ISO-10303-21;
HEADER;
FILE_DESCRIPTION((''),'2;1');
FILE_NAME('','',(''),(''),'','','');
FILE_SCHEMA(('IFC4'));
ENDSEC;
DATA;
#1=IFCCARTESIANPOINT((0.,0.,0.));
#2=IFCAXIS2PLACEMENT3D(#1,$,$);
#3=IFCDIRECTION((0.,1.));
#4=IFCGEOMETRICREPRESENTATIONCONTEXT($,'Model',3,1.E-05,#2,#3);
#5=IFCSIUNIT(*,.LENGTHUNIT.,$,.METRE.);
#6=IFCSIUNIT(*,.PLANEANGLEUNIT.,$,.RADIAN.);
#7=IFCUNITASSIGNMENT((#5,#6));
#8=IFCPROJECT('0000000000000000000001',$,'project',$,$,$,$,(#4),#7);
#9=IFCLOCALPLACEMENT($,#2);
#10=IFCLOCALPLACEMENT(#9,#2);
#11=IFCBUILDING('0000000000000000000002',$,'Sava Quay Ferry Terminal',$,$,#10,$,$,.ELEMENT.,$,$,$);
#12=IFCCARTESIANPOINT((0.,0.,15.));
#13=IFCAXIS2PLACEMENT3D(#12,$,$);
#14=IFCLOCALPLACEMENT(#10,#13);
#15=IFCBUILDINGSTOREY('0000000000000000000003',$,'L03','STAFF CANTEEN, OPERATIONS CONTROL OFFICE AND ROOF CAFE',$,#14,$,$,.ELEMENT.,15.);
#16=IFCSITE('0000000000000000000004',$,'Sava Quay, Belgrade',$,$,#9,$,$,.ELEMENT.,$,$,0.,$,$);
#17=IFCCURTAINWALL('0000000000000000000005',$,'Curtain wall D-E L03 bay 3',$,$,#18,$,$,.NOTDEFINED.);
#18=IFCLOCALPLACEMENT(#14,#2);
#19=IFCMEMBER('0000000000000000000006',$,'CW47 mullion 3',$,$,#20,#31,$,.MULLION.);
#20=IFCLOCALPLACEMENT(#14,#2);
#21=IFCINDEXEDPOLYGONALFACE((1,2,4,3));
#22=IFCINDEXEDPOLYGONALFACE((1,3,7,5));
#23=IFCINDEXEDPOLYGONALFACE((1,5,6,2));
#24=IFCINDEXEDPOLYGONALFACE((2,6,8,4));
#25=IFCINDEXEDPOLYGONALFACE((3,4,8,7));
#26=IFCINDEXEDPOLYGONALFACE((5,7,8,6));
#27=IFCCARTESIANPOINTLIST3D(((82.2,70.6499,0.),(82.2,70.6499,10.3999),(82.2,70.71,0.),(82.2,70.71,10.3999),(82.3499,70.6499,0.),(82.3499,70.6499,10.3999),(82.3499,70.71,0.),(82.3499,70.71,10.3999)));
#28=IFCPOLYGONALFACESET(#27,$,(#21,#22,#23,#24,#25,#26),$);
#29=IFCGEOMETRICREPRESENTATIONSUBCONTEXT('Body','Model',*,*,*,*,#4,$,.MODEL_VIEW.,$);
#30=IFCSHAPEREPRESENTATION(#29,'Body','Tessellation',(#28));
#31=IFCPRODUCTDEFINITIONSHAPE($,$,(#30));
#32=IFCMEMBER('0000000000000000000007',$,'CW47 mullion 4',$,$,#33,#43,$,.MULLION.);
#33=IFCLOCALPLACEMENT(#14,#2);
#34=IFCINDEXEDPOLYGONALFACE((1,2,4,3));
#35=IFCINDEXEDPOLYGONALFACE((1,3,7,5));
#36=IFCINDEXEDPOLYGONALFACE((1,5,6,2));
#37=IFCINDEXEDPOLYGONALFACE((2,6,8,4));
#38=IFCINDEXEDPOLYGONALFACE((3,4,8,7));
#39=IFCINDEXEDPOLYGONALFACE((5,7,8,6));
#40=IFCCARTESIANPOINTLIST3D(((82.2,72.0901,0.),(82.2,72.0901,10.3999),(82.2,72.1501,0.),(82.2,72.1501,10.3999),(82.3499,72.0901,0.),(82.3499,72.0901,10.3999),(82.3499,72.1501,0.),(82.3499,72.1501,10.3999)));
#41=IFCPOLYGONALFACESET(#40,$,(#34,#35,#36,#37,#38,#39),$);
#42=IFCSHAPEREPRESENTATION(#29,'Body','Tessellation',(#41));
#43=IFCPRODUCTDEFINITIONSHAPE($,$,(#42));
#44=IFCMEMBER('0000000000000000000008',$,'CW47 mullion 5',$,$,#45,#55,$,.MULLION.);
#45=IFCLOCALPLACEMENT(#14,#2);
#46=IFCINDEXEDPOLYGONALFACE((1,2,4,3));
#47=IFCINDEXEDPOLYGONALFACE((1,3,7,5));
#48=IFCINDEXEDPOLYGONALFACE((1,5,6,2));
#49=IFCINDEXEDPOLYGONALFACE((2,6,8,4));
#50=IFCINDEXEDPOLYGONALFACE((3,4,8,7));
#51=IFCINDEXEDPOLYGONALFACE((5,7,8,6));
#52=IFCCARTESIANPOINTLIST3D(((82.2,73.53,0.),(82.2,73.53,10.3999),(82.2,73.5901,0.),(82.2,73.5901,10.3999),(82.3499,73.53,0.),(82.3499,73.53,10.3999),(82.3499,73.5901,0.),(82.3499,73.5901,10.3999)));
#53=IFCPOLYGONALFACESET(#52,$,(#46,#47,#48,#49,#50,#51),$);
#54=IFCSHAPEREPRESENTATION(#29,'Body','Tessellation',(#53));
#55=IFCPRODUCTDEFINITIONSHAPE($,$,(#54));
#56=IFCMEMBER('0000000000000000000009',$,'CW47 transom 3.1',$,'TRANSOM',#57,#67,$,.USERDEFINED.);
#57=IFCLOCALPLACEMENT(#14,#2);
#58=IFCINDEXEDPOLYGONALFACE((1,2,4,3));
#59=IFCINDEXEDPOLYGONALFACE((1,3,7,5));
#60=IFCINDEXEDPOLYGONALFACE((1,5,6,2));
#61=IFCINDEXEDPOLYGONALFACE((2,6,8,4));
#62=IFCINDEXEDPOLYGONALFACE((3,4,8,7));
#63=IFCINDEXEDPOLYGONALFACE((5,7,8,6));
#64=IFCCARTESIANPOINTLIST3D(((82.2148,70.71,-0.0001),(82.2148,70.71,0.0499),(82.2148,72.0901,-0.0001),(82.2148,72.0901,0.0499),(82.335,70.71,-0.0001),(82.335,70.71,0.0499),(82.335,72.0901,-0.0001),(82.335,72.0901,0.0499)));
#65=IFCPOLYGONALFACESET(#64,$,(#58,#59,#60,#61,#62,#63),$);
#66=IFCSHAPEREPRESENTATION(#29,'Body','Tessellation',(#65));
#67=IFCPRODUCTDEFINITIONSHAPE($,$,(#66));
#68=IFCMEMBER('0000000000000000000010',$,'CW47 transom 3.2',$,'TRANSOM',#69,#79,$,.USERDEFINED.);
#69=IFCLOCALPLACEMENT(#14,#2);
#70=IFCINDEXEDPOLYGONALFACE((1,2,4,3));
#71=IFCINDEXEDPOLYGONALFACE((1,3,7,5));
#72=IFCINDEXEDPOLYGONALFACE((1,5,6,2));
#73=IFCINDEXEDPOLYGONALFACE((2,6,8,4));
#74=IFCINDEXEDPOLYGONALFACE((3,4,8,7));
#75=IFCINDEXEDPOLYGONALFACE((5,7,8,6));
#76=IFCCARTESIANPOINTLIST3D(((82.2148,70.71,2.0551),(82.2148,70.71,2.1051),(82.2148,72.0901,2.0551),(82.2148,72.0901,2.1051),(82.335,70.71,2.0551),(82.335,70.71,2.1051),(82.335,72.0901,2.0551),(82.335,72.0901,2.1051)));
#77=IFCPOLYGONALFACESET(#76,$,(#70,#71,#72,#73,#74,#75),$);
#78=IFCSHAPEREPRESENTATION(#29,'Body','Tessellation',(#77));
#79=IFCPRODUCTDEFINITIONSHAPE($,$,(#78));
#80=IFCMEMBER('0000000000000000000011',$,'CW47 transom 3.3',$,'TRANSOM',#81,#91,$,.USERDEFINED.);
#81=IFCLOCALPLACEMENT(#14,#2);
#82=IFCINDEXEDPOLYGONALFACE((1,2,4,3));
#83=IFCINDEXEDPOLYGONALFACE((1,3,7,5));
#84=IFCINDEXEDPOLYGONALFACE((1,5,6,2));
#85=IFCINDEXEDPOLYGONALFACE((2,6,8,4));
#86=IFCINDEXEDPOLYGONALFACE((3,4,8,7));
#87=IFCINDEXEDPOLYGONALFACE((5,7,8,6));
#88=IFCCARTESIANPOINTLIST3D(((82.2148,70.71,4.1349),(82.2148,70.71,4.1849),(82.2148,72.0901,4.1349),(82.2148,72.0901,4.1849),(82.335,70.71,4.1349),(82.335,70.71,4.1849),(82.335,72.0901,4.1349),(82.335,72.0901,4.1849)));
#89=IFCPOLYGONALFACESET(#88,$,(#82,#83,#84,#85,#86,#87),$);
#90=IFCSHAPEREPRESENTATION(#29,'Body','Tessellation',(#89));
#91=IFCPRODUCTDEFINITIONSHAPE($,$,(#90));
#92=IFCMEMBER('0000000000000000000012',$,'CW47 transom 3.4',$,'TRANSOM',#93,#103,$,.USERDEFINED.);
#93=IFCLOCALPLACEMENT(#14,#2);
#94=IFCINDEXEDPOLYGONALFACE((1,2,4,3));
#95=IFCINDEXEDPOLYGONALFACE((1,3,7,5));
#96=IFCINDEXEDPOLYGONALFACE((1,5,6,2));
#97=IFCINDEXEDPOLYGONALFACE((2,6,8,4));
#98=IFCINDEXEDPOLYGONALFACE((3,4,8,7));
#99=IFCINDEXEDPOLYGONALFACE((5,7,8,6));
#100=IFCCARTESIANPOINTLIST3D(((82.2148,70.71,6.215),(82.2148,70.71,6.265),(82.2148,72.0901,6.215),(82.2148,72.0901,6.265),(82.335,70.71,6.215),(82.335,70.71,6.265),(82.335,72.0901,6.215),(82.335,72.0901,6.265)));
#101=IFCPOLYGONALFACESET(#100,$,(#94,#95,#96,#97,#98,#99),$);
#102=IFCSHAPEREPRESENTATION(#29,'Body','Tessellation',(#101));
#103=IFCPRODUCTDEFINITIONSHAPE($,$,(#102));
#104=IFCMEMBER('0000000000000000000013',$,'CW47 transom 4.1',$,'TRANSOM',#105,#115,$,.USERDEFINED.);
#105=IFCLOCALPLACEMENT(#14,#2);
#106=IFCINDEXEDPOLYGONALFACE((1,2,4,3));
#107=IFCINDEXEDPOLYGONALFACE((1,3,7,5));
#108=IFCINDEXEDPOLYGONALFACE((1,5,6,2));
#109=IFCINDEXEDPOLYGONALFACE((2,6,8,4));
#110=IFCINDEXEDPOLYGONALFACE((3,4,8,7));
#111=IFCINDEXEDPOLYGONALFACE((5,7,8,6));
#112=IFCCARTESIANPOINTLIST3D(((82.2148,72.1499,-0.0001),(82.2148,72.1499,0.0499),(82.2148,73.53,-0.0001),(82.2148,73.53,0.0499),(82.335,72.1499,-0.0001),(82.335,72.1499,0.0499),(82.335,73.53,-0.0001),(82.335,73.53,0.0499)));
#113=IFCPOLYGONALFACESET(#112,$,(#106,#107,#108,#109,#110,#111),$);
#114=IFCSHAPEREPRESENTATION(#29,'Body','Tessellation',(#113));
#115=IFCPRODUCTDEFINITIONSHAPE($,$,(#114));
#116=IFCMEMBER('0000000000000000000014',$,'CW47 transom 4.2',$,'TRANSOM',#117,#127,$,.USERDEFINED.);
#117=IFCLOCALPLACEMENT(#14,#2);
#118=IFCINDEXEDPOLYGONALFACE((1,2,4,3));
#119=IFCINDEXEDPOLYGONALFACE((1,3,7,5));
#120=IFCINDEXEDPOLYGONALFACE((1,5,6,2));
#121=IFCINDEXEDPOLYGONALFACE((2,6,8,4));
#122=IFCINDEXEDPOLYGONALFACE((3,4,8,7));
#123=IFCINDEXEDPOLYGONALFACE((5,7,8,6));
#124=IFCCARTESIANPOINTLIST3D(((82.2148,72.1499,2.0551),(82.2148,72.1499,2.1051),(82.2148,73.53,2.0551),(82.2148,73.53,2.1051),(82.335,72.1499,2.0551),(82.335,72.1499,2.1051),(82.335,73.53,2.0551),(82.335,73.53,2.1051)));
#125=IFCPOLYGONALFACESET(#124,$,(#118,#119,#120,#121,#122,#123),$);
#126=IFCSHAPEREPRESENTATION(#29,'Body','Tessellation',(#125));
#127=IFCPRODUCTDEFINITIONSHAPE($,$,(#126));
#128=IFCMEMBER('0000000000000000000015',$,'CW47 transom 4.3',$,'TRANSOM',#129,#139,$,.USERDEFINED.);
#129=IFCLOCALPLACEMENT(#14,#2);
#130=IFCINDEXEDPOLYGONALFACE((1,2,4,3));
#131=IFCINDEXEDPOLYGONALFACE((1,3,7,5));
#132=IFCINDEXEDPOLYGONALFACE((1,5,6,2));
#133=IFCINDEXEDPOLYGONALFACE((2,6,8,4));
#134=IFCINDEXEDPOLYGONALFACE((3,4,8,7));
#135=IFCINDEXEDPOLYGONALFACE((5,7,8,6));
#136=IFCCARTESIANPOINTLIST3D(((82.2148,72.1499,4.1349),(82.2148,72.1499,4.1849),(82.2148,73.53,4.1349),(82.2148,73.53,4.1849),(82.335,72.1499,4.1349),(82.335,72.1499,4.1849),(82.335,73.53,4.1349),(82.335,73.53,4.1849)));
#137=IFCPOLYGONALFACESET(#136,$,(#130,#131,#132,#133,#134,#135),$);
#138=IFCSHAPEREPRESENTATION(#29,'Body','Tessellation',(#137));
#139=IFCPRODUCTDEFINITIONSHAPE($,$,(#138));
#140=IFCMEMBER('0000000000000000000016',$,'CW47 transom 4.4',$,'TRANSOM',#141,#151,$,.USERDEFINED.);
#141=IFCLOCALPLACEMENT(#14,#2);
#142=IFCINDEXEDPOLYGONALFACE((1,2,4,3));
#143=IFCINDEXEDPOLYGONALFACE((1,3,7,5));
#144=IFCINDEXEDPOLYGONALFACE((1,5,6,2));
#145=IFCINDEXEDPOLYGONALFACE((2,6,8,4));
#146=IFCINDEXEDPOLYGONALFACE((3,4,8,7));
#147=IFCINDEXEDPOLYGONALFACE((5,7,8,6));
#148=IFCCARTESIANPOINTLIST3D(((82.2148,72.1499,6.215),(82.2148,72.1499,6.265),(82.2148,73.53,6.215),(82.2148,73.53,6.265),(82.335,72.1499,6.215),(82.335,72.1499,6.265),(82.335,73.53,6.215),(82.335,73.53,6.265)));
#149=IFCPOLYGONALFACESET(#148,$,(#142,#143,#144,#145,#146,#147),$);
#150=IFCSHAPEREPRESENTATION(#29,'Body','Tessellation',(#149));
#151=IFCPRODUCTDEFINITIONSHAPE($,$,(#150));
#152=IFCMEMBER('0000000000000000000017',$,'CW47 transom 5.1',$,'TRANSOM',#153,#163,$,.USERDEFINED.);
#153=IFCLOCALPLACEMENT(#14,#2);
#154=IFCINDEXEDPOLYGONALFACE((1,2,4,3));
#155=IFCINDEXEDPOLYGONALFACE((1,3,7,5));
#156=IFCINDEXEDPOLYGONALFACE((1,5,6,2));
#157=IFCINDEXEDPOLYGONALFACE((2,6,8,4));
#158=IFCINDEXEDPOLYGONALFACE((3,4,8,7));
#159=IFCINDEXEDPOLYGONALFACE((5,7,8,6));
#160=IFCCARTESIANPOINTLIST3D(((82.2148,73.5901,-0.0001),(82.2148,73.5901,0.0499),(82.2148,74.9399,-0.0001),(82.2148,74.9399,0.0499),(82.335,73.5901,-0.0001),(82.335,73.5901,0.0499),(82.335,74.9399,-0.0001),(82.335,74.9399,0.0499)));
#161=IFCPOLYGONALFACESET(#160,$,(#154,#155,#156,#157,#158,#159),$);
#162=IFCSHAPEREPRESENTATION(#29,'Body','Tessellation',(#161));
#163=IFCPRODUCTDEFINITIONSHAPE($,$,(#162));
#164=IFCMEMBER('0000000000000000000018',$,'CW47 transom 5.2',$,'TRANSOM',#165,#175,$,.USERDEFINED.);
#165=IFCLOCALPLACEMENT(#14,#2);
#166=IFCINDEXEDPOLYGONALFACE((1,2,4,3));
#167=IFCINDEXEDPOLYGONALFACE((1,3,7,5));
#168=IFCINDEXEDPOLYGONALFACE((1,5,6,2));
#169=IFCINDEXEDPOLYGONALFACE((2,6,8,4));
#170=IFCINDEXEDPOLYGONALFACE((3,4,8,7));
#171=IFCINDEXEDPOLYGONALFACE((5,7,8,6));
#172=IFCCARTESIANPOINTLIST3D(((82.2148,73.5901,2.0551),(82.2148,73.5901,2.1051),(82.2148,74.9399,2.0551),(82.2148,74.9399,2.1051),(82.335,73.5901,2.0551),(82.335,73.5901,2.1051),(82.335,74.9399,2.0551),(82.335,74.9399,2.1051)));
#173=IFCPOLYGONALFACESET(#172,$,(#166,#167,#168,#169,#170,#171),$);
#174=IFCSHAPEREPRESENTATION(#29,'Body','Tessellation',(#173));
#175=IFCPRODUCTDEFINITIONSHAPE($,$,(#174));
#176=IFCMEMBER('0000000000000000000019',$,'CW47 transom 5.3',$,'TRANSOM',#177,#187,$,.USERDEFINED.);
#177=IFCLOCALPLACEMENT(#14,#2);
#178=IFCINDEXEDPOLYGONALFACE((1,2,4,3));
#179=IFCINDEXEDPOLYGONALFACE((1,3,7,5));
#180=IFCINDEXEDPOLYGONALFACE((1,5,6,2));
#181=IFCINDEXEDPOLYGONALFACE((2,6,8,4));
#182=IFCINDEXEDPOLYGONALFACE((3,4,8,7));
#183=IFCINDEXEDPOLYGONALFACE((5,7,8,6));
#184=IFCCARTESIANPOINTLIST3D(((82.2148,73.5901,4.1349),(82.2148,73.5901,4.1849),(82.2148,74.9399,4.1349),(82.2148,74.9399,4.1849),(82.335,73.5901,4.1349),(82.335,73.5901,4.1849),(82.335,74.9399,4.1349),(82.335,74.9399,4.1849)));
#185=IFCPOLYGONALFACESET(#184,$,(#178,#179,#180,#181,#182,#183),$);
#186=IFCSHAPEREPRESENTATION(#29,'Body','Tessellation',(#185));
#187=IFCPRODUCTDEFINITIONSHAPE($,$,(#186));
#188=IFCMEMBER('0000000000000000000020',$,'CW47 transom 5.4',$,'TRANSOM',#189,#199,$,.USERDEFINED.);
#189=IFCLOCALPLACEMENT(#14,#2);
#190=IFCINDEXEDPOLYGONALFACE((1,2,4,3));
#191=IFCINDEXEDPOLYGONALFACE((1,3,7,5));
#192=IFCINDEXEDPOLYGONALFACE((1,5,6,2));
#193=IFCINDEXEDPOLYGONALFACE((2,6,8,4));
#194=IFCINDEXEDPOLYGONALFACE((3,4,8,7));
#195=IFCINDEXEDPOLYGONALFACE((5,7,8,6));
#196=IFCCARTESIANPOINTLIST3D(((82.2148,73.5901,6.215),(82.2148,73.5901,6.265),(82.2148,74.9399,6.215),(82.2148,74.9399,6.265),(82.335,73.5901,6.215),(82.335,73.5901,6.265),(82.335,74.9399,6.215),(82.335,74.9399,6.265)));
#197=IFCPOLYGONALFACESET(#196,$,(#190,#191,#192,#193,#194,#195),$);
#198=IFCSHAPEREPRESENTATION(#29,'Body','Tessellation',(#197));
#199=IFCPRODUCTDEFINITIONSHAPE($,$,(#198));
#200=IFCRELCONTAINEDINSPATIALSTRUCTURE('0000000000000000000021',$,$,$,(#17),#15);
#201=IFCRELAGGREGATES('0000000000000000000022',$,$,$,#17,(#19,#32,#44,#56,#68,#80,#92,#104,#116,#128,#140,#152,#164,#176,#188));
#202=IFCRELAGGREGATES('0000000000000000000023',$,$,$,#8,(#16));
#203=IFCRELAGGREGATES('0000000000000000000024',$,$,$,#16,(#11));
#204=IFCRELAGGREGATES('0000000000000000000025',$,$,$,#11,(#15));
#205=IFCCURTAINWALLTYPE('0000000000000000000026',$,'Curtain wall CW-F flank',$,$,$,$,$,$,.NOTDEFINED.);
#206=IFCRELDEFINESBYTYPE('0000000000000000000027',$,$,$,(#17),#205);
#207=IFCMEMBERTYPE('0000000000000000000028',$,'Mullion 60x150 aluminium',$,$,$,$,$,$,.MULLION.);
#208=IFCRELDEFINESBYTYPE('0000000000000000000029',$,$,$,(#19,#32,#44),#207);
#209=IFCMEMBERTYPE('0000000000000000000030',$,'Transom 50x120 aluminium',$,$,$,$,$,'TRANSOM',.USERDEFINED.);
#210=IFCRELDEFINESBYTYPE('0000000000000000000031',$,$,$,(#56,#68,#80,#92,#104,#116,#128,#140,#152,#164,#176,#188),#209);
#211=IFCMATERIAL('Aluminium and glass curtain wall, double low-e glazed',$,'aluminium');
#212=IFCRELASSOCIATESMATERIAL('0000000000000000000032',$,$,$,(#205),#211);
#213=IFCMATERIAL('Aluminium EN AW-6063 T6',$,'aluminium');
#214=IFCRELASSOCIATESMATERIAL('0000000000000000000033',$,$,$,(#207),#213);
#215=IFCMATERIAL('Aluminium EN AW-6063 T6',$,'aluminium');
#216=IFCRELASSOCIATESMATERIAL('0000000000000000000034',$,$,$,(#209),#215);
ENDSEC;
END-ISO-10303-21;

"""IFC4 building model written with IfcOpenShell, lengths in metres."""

from ifc_helpers import new_model, si_unit, direction, frame, origin, origin_2d, place, context, subcontext, project, spatial, rectangle, extrude, material, material_profile, profile_set, type_object, element, aggregate, save


model = new_model("IFC4")

# Units and contexts
model_context = context("Model", 3, precision=1e-05, world=origin(), true_north=direction((0.0, 1.0)))
body_context = subcontext(model_context, "Body", "Model", "MODEL_VIEW")
ifc_project = project(units=[si_unit("LENGTHUNIT", "METRE"), si_unit("PLANEANGLEUNIT", "RADIAN")], contexts=[model_context])

# Site, building, storey
site_placement = place(None, origin())
site = spatial("IfcSite", under=ifc_project, at=site_placement, Name="Sava Quay, Belgrade", CompositionType="ELEMENT", RefElevation=0.0)
building_placement = place(site_placement, origin())
building = spatial("IfcBuilding", under=site, at=building_placement, Name="Sava Quay Ferry Terminal", CompositionType="ELEMENT")
storey_placement = place(building_placement, frame((0.0, 0.0, 15.0)))
storey = spatial("IfcBuildingStorey", under=building, at=storey_placement, Name="L03", Description="STAFF CANTEEN, OPERATIONS CONTROL OFFICE AND ROOF CAFE", CompositionType="ELEMENT", Elevation=15.0)

# Curtain wall, members
ifc_material_1 = material(Name="Aluminium and glass curtain wall, double low-e glazed", Category="aluminium")
curtain_wall_type = type_object("IfcCurtainWallType", Name="Curtain wall CW-F flank", PredefinedType="NOTDEFINED", material=ifc_material_1)
curtain_wall_placement = place(storey_placement, origin())
curtain_wall = element("IfcCurtainWall", 1, at=curtain_wall_placement, inside=storey, type_object=curtain_wall_type, Name="Curtain wall D-E L03 bay 3", PredefinedType="NOTDEFINED")
ifc_material_2 = material(Name="Aluminium EN AW-6063 T6", Category="aluminium")
ifc_material_profile_1 = material_profile(ifc_material_2, rectangle(XDim=0.1499, YDim=0.0601, at=origin_2d()), Name="Mullion 60x150 aluminium")
ifc_profile_set_1 = profile_set([ifc_material_profile_1], Name="Aluminium EN AW-6063 T6")
member_type_1 = type_object("IfcMemberType", Name="Mullion 60x150 aluminium", PredefinedType="MULLION", material=ifc_profile_set_1)
member_1_placement = place(storey_placement, frame((82.2749, 70.6799, 0.0), z_axis=(0.0, 0.0, 1.0), x_axis=(-1.0, 0.0, 0.0)))
member_1 = element("IfcMember", 2, at=member_1_placement, type_object=member_type_1, Name="CW47 mullion 3", PredefinedType="MULLION", context=body_context, shape_type="SweptSolid", body=[
    extrude(rectangle(XDim=0.1499, YDim=0.0601, at=origin_2d()), origin(), (0.0, 0.0, 1.0), 10.3999),
])
member_2_placement = place(storey_placement, frame((82.2749, 72.1201, 0.0), z_axis=(0.0, 0.0, 1.0), x_axis=(-1.0, 0.0, 0.0)))
member_2 = element("IfcMember", 3, at=member_2_placement, type_object=member_type_1, Name="CW47 mullion 4", PredefinedType="MULLION", context=body_context, shape_type="SweptSolid", body=[
    extrude(rectangle(XDim=0.1499, YDim=0.0601, at=origin_2d()), origin(), (0.0, 0.0, 1.0), 10.3999),
])
member_3_placement = place(storey_placement, frame((82.2749, 73.5601, 0.0), z_axis=(0.0, 0.0, 1.0), x_axis=(-1.0, 0.0, 0.0)))
member_3 = element("IfcMember", 4, at=member_3_placement, type_object=member_type_1, Name="CW47 mullion 5", PredefinedType="MULLION", context=body_context, shape_type="SweptSolid", body=[
    extrude(rectangle(XDim=0.1499, YDim=0.0601, at=origin_2d()), origin(), (0.0, 0.0, 1.0), 10.3999),
])
ifc_material_3 = material(Name="Aluminium EN AW-6063 T6", Category="aluminium")
ifc_material_profile_2 = material_profile(ifc_material_3, rectangle(XDim=0.1201, YDim=0.05, at=origin_2d()), Name="Transom 50x120 aluminium")
ifc_profile_set_2 = profile_set([ifc_material_profile_2], Name="Aluminium EN AW-6063 T6")
member_type_2 = type_object("IfcMemberType", Name="Transom 50x120 aluminium", ElementType="TRANSOM", PredefinedType="USERDEFINED", material=ifc_profile_set_2)
member_4_placement = place(storey_placement, frame((82.2749, 70.71, 0.0249), z_axis=(0.0, 1.0, 0.0), x_axis=(-1.0, 0.0, 0.0)))
member_4 = element("IfcMember", 5, at=member_4_placement, type_object=member_type_2, Name="CW47 transom 3.1", ObjectType="TRANSOM", PredefinedType="USERDEFINED", context=body_context, shape_type="SweptSolid", body=[
    extrude(rectangle(XDim=0.1201, YDim=0.05, at=origin_2d()), origin(), (0.0, 0.0, 1.0), 1.3801),
])
member_5_placement = place(storey_placement, frame((82.2749, 70.71, 2.0801), z_axis=(0.0, 1.0, 0.0), x_axis=(-1.0, 0.0, 0.0)))
member_5 = element("IfcMember", 6, at=member_5_placement, type_object=member_type_2, Name="CW47 transom 3.2", ObjectType="TRANSOM", PredefinedType="USERDEFINED", context=body_context, shape_type="SweptSolid", body=[
    extrude(rectangle(XDim=0.1201, YDim=0.05, at=origin_2d()), origin(), (0.0, 0.0, 1.0), 1.3801),
])
member_6_placement = place(storey_placement, frame((82.2749, 70.71, 4.1599), z_axis=(0.0, 1.0, 0.0), x_axis=(-1.0, 0.0, 0.0)))
member_6 = element("IfcMember", 7, at=member_6_placement, type_object=member_type_2, Name="CW47 transom 3.3", ObjectType="TRANSOM", PredefinedType="USERDEFINED", context=body_context, shape_type="SweptSolid", body=[
    extrude(rectangle(XDim=0.1201, YDim=0.05, at=origin_2d()), origin(), (0.0, 0.0, 1.0), 1.3801),
])
member_7_placement = place(storey_placement, frame((82.2749, 70.71, 6.24), z_axis=(0.0, 1.0, 0.0), x_axis=(-1.0, 0.0, 0.0)))
member_7 = element("IfcMember", 8, at=member_7_placement, type_object=member_type_2, Name="CW47 transom 3.4", ObjectType="TRANSOM", PredefinedType="USERDEFINED", context=body_context, shape_type="SweptSolid", body=[
    extrude(rectangle(XDim=0.1201, YDim=0.05, at=origin_2d()), origin(), (0.0, 0.0, 1.0), 1.3801),
])
member_8_placement = place(storey_placement, frame((82.2749, 72.1499, 0.0249), z_axis=(0.0, 1.0, 0.0), x_axis=(-1.0, 0.0, 0.0)))
member_8 = element("IfcMember", 9, at=member_8_placement, type_object=member_type_2, Name="CW47 transom 4.1", ObjectType="TRANSOM", PredefinedType="USERDEFINED", context=body_context, shape_type="SweptSolid", body=[
    extrude(rectangle(XDim=0.1201, YDim=0.05, at=origin_2d()), origin(), (0.0, 0.0, 1.0), 1.3801),
])
member_9_placement = place(storey_placement, frame((82.2749, 72.1499, 2.0801), z_axis=(0.0, 1.0, 0.0), x_axis=(-1.0, 0.0, 0.0)))
member_9 = element("IfcMember", 10, at=member_9_placement, type_object=member_type_2, Name="CW47 transom 4.2", ObjectType="TRANSOM", PredefinedType="USERDEFINED", context=body_context, shape_type="SweptSolid", body=[
    extrude(rectangle(XDim=0.1201, YDim=0.05, at=origin_2d()), origin(), (0.0, 0.0, 1.0), 1.3801),
])
member_10_placement = place(storey_placement, frame((82.2749, 72.1499, 4.1599), z_axis=(0.0, 1.0, 0.0), x_axis=(-1.0, 0.0, 0.0)))
member_10 = element("IfcMember", 11, at=member_10_placement, type_object=member_type_2, Name="CW47 transom 4.3", ObjectType="TRANSOM", PredefinedType="USERDEFINED", context=body_context, shape_type="SweptSolid", body=[
    extrude(rectangle(XDim=0.1201, YDim=0.05, at=origin_2d()), origin(), (0.0, 0.0, 1.0), 1.3801),
])
member_11_placement = place(storey_placement, frame((82.2749, 72.1499, 6.24), z_axis=(0.0, 1.0, 0.0), x_axis=(-1.0, 0.0, 0.0)))
member_11 = element("IfcMember", 12, at=member_11_placement, type_object=member_type_2, Name="CW47 transom 4.4", ObjectType="TRANSOM", PredefinedType="USERDEFINED", context=body_context, shape_type="SweptSolid", body=[
    extrude(rectangle(XDim=0.1201, YDim=0.05, at=origin_2d()), origin(), (0.0, 0.0, 1.0), 1.3801),
])
member_12_placement = place(storey_placement, frame((82.2749, 73.5901, 0.0249), z_axis=(0.0, 1.0, 0.0), x_axis=(-1.0, 0.0, 0.0)))
member_12 = element("IfcMember", 13, at=member_12_placement, type_object=member_type_2, Name="CW47 transom 5.1", ObjectType="TRANSOM", PredefinedType="USERDEFINED", context=body_context, shape_type="SweptSolid", body=[
    extrude(rectangle(XDim=0.1201, YDim=0.05, at=origin_2d()), origin(), (0.0, 0.0, 1.0), 1.3499),
])
member_13_placement = place(storey_placement, frame((82.2749, 73.5901, 2.0801), z_axis=(0.0, 1.0, 0.0), x_axis=(-1.0, 0.0, 0.0)))
member_13 = element("IfcMember", 14, at=member_13_placement, type_object=member_type_2, Name="CW47 transom 5.2", ObjectType="TRANSOM", PredefinedType="USERDEFINED", context=body_context, shape_type="SweptSolid", body=[
    extrude(rectangle(XDim=0.1201, YDim=0.05, at=origin_2d()), origin(), (0.0, 0.0, 1.0), 1.3499),
])
member_14_placement = place(storey_placement, frame((82.2749, 73.5901, 4.1599), z_axis=(0.0, 1.0, 0.0), x_axis=(-1.0, 0.0, 0.0)))
member_14 = element("IfcMember", 15, at=member_14_placement, type_object=member_type_2, Name="CW47 transom 5.3", ObjectType="TRANSOM", PredefinedType="USERDEFINED", context=body_context, shape_type="SweptSolid", body=[
    extrude(rectangle(XDim=0.1201, YDim=0.05, at=origin_2d()), origin(), (0.0, 0.0, 1.0), 1.3499),
])
member_15_placement = place(storey_placement, frame((82.2749, 73.5901, 6.24), z_axis=(0.0, 1.0, 0.0), x_axis=(-1.0, 0.0, 0.0)))
member_15 = element("IfcMember", 16, at=member_15_placement, type_object=member_type_2, Name="CW47 transom 5.4", ObjectType="TRANSOM", PredefinedType="USERDEFINED", context=body_context, shape_type="SweptSolid", body=[
    extrude(rectangle(XDim=0.1201, YDim=0.05, at=origin_2d()), origin(), (0.0, 0.0, 1.0), 1.3499),
])
aggregate(curtain_wall, [member_1, member_2, member_3, member_4, member_5, member_6, member_7, member_8, member_9, member_10, member_11, member_12, member_13, member_14, member_15])

save(model, "model.ifc")
